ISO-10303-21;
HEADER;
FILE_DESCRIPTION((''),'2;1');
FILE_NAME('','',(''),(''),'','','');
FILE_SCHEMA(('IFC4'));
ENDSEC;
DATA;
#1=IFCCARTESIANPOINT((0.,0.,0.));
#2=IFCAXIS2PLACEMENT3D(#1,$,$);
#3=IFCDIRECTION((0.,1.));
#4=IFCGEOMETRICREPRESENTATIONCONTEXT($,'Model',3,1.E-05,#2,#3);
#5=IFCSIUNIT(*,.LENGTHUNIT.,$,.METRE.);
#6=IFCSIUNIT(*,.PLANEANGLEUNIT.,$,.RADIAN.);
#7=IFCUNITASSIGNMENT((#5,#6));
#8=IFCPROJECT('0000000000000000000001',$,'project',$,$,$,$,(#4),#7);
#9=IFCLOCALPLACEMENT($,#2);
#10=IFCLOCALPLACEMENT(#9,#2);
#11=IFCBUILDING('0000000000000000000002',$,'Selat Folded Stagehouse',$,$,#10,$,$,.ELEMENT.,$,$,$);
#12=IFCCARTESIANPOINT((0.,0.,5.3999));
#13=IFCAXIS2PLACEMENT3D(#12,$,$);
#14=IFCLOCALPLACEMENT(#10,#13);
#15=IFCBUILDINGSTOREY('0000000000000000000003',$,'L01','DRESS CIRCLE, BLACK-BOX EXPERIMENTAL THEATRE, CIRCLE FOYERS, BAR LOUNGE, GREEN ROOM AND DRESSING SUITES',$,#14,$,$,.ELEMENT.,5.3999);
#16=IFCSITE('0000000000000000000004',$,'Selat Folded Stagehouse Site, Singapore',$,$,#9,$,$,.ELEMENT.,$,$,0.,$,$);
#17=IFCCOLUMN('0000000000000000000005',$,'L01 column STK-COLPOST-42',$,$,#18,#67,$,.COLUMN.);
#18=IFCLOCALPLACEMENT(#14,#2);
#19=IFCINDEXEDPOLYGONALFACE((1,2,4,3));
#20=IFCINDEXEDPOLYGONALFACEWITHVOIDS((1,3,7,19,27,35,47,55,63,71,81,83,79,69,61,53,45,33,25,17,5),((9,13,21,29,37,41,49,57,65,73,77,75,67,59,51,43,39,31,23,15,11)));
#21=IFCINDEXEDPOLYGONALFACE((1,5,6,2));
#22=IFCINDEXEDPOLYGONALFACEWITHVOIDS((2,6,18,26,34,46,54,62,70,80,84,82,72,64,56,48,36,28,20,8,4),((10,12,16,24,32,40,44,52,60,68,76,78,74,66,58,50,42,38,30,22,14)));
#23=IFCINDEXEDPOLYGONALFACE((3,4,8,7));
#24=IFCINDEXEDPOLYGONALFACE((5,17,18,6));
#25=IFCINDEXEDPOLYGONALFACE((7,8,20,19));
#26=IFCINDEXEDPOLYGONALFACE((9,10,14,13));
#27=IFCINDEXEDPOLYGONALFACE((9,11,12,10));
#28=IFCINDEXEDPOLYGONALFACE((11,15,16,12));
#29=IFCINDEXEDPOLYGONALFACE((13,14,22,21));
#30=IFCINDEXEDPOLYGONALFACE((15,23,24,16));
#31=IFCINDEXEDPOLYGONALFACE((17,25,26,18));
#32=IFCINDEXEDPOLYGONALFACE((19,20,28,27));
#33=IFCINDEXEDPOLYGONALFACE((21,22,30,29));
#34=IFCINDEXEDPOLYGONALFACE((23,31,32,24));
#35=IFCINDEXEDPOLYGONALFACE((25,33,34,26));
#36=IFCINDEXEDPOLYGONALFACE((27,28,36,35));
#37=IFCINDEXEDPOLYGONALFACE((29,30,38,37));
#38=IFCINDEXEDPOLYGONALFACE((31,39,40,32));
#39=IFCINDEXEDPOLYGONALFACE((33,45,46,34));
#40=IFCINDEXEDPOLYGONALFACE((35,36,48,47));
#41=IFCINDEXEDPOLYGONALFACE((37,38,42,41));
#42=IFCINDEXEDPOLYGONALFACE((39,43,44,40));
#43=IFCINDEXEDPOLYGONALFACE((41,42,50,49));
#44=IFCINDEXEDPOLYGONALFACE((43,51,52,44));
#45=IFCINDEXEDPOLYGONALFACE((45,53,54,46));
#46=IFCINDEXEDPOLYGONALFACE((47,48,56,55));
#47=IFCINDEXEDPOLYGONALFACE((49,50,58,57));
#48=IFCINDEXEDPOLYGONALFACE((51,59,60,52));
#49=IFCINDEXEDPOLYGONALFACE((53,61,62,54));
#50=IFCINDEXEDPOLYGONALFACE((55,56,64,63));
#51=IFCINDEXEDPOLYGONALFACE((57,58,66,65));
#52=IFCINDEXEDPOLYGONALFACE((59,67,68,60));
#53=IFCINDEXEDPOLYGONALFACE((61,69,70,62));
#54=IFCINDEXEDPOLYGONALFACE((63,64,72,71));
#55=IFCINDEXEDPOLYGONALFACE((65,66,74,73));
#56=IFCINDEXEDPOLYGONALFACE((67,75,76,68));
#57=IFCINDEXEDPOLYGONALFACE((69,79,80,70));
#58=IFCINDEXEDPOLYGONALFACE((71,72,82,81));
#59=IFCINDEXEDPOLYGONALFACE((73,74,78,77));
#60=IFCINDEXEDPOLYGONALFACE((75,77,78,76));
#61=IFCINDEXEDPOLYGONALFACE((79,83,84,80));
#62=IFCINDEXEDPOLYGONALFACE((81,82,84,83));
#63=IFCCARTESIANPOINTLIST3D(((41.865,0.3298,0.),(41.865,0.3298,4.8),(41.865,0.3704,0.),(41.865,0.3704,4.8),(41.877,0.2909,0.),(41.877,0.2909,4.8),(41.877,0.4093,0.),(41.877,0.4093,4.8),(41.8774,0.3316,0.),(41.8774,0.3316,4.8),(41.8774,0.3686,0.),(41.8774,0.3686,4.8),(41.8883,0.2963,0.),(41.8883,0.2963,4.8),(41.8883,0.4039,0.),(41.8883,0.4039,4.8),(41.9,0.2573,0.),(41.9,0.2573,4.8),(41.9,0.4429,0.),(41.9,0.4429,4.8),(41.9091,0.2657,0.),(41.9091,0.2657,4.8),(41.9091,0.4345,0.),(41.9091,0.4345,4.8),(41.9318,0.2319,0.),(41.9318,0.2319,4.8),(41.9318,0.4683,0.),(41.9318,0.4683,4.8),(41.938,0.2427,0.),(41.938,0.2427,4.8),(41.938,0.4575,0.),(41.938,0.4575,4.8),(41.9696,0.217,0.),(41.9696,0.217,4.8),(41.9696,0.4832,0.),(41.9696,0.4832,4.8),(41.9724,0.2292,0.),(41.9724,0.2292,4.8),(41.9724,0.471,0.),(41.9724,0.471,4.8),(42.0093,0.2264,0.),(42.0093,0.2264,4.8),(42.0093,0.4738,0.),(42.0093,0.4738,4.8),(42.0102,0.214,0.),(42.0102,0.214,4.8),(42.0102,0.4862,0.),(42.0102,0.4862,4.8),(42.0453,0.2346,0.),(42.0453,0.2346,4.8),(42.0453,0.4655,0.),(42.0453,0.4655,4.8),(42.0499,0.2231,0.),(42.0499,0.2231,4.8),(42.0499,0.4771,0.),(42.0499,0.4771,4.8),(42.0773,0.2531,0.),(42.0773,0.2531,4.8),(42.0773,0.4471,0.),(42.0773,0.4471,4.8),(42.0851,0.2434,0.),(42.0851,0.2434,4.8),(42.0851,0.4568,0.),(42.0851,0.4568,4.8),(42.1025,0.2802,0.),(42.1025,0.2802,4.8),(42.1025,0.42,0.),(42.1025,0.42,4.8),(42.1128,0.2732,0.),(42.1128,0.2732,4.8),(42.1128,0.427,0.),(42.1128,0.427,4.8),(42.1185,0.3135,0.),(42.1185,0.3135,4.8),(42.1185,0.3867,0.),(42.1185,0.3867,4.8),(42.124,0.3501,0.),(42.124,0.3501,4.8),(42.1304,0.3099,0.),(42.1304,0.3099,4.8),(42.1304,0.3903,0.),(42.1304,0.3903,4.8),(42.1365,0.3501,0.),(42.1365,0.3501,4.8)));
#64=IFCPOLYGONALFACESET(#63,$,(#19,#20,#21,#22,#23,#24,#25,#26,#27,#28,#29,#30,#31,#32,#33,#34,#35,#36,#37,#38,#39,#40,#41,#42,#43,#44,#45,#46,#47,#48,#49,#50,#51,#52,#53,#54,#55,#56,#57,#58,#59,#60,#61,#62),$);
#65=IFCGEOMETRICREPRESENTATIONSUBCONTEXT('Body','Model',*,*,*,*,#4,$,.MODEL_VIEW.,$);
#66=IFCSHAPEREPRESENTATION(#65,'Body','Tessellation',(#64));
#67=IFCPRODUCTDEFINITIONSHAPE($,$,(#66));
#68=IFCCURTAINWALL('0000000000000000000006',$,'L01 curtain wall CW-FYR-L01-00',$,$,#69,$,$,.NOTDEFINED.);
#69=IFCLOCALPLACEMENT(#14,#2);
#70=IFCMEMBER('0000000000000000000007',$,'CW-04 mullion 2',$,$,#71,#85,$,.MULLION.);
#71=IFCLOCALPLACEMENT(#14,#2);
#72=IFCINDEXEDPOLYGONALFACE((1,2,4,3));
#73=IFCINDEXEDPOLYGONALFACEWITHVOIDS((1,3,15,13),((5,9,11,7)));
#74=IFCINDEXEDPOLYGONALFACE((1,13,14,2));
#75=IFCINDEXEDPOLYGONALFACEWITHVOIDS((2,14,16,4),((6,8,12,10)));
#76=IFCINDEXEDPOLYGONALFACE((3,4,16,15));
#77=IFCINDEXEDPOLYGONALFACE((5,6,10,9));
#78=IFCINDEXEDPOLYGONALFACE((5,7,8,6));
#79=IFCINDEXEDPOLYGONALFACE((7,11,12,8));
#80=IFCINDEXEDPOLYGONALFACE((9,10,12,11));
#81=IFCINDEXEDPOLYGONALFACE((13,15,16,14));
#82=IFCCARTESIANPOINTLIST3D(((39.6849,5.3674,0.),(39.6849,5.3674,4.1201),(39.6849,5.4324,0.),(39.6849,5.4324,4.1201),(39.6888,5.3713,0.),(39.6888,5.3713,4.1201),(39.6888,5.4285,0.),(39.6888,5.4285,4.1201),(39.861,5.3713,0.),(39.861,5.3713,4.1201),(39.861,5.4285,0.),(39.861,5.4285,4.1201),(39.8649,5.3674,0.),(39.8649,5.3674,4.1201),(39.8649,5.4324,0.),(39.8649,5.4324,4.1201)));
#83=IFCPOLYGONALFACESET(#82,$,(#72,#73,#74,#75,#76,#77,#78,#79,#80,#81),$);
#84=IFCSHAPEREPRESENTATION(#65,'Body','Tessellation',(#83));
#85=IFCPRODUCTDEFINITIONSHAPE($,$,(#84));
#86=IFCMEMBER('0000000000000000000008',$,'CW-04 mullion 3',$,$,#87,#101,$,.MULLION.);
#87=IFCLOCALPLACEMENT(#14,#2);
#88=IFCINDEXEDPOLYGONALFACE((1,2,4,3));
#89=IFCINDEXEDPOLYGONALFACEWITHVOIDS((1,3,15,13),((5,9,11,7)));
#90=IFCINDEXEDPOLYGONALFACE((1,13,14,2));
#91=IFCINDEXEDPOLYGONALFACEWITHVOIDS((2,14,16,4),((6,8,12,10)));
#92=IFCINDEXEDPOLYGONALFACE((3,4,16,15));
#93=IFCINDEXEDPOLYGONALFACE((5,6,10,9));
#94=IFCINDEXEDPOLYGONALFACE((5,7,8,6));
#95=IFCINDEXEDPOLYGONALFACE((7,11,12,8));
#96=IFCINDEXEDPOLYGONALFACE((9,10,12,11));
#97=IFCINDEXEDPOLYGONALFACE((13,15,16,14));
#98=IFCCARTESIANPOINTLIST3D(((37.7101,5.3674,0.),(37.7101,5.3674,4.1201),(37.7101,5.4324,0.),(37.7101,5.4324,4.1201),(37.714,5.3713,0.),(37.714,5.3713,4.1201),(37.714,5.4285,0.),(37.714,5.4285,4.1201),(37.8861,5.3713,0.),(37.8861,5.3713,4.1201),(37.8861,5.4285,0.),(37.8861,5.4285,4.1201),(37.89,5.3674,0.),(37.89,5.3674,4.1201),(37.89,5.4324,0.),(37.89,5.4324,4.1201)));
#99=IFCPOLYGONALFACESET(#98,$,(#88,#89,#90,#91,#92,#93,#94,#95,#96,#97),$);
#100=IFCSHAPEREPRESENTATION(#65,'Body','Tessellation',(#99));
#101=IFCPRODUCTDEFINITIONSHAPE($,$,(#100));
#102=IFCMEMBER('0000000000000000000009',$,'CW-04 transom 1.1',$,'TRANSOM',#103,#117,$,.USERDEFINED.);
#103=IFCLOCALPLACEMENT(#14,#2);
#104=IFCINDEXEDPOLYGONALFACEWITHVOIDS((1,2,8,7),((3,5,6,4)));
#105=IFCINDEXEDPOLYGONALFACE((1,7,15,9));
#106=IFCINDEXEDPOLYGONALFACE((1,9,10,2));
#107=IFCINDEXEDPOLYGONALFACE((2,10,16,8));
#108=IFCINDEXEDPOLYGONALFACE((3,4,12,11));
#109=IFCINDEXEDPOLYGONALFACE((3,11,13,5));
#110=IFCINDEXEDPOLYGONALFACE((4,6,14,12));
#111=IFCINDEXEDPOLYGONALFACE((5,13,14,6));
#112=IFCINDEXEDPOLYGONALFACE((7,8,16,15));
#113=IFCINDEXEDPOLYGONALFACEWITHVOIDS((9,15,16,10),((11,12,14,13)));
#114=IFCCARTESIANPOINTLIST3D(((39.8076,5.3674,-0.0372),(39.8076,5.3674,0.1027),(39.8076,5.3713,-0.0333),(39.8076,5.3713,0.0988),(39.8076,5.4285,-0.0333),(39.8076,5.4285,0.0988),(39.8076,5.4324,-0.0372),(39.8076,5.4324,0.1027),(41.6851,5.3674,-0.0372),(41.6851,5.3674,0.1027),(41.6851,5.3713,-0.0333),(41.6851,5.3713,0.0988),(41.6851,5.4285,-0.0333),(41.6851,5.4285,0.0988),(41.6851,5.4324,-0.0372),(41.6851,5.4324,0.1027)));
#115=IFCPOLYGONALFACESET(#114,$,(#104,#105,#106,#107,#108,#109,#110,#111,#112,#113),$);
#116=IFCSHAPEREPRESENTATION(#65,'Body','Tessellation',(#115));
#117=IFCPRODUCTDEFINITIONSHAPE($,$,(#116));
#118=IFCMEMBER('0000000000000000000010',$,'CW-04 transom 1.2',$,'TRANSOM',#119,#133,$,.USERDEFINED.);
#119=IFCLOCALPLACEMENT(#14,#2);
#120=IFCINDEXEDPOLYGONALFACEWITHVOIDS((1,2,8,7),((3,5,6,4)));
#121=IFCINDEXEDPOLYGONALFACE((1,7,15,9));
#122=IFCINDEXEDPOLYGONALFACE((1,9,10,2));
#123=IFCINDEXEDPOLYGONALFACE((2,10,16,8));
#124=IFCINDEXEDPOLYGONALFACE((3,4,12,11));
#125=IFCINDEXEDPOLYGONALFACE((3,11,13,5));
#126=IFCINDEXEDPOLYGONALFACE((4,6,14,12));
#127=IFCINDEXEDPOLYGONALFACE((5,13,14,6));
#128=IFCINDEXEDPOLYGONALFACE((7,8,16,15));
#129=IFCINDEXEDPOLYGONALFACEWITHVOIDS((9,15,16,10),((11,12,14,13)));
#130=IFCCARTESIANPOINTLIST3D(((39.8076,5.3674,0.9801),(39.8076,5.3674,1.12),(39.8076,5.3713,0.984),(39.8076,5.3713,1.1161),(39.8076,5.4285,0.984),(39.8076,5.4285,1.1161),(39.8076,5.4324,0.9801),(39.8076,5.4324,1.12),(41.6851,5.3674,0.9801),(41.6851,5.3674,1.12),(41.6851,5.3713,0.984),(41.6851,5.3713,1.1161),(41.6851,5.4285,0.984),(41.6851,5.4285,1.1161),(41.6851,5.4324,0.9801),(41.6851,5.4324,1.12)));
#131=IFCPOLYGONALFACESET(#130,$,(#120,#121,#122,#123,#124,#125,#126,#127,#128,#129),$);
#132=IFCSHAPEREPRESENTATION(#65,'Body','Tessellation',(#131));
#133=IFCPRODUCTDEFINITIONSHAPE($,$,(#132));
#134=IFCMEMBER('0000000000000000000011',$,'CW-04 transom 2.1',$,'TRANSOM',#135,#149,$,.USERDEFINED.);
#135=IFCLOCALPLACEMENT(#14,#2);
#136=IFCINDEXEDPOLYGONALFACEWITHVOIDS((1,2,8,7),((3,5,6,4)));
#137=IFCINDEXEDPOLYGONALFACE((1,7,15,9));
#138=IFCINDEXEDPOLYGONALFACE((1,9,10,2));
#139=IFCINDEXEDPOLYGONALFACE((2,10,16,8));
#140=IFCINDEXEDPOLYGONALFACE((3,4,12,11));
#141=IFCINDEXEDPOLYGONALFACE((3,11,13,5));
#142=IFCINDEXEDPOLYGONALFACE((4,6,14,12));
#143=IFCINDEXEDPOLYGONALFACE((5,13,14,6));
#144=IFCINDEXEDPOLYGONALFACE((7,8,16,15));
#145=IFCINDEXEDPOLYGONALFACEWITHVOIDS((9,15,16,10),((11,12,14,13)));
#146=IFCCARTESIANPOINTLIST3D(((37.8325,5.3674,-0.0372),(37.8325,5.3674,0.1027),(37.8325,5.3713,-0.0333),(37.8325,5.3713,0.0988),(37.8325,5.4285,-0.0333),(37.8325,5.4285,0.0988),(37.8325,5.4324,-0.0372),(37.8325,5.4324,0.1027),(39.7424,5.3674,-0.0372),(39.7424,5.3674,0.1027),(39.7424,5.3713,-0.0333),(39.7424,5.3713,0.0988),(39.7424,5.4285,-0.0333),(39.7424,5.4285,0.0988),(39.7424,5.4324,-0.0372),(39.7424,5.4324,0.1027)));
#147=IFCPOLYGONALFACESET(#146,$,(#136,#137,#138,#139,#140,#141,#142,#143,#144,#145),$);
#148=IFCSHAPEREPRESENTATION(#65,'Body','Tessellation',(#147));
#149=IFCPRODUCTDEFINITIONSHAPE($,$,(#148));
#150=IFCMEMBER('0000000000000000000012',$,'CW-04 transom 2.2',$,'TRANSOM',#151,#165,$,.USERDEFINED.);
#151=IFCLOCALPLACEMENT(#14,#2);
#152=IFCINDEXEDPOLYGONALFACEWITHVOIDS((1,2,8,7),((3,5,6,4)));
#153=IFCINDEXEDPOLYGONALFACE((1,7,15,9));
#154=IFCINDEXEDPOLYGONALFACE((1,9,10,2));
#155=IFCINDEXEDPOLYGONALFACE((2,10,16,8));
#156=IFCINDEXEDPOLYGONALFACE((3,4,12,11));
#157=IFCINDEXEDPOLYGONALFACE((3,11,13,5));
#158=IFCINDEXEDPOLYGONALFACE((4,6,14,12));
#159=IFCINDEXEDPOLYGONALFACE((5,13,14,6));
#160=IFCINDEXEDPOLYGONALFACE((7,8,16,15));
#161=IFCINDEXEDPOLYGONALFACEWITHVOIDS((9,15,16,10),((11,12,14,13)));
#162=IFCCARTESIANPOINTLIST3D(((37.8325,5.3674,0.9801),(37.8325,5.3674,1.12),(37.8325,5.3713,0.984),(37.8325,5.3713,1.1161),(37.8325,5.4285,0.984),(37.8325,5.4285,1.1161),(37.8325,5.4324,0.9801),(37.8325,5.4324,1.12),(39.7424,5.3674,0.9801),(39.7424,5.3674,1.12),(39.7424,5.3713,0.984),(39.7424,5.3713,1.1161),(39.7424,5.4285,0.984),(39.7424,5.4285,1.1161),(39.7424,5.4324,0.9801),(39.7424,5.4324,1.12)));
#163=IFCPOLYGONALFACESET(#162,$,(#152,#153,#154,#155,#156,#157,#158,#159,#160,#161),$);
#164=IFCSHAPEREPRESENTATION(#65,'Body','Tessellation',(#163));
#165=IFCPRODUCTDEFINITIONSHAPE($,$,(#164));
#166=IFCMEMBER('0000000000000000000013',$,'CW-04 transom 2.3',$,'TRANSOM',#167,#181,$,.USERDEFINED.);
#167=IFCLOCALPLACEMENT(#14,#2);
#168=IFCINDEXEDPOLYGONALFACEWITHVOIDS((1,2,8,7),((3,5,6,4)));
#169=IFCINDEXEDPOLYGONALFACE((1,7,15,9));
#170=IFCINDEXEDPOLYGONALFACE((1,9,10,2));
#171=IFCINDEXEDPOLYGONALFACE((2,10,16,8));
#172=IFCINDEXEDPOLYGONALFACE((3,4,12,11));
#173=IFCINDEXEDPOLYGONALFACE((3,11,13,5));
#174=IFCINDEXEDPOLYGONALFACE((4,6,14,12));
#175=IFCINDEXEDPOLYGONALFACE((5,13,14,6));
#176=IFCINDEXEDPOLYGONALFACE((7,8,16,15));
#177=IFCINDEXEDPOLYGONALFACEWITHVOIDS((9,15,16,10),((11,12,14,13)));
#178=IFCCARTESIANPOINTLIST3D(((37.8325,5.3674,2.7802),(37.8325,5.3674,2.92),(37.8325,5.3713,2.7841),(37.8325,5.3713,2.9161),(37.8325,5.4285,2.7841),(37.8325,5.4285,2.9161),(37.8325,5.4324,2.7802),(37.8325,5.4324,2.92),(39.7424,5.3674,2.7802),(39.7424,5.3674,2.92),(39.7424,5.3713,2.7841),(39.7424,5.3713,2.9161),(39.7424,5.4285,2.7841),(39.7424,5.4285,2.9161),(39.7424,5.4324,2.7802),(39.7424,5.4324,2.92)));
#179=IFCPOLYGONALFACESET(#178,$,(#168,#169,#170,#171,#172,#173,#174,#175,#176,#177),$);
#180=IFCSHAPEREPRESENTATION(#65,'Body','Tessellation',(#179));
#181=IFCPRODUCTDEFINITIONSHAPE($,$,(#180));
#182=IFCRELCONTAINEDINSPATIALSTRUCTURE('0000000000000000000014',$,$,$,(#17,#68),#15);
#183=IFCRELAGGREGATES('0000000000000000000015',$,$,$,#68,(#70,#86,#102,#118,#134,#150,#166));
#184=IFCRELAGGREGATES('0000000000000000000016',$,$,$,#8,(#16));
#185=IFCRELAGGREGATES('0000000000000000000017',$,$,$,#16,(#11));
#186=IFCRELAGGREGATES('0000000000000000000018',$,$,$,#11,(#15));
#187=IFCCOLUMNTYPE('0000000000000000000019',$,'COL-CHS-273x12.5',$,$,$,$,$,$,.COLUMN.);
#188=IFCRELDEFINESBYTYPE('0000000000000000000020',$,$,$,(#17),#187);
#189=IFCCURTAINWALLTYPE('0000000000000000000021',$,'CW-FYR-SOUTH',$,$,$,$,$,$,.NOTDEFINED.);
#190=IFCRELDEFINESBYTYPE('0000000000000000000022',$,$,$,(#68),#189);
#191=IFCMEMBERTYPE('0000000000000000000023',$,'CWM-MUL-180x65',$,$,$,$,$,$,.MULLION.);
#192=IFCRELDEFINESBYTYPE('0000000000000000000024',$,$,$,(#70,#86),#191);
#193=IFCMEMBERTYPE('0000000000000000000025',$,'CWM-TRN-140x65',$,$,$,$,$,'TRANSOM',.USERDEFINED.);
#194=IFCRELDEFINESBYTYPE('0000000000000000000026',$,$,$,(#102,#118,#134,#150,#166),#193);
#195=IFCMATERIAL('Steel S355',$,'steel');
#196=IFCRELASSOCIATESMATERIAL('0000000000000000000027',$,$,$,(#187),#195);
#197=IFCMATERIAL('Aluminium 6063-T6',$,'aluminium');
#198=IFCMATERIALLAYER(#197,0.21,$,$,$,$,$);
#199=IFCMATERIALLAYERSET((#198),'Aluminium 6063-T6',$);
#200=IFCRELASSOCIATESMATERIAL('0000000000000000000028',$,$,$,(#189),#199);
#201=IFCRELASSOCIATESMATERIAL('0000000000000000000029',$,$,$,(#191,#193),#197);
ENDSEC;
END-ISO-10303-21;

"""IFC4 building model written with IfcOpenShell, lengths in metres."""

from ifc_helpers import new_model, si_unit, direction, frame, origin, origin_2d, place, context, subcontext, project, spatial, hollow_rectangle, hollow_circle, extrude, material, layer, layer_set, material_profile, profile_set, type_object, element, aggregate, save


model = new_model("IFC4")

# Units and contexts
model_context = context("Model", 3, precision=1e-05, world=origin(), true_north=direction((0.0, 1.0)))
body_context = subcontext(model_context, "Body", "Model", "MODEL_VIEW")
ifc_project = project(units=[si_unit("LENGTHUNIT", "METRE"), si_unit("PLANEANGLEUNIT", "RADIAN")], contexts=[model_context])

# Site, building, storey
site_placement = place(None, origin())
site = spatial("IfcSite", under=ifc_project, at=site_placement, Name="Selat Folded Stagehouse Site, Singapore", CompositionType="ELEMENT", RefElevation=0.0)
building_placement = place(site_placement, origin())
building = spatial("IfcBuilding", under=site, at=building_placement, Name="Selat Folded Stagehouse", CompositionType="ELEMENT")
storey_placement = place(building_placement, frame((0.0, 0.0, 5.3999)))
storey = spatial("IfcBuildingStorey", under=building, at=storey_placement, Name="L01", Description="DRESS CIRCLE, BLACK-BOX EXPERIMENTAL THEATRE, CIRCLE FOYERS, BAR LOUNGE, GREEN ROOM AND DRESSING SUITES", CompositionType="ELEMENT", Elevation=5.3999)

# Column
ifc_material_1 = material(Name="Steel S355", Category="steel")
ifc_material_profile_1 = material_profile(ifc_material_1, hollow_circle(Radius=0.1365, WallThickness=0.0125, at=origin_2d()), Name="CHS 273.0x12.5")
ifc_profile_set_1 = profile_set([ifc_material_profile_1], Name="Steel S355")
column_type = type_object("IfcColumnType", Name="COL-CHS-273x12.5", PredefinedType="COLUMN", material=ifc_profile_set_1)
column_placement = place(storey_placement, frame((42.0, 0.3501, 0.0), z_axis=(0.0, 0.0, 1.0), x_axis=(1.0, 0.0, 0.0)))
element("IfcColumn", 1, at=column_placement, inside=storey, type_object=column_type, Name="L01 column STK-COLPOST-42", PredefinedType="COLUMN", context=body_context, shape_type="SweptSolid", body=[
    extrude(hollow_circle(Radius=0.1365, WallThickness=0.0125, at=origin_2d()), origin(), (0.0, 0.0, 1.0), 4.8),
])

# Curtain wall, members
ifc_material_2 = material(Name="Aluminium 6063-T6", Category="aluminium")
ifc_layer_1 = layer(ifc_material_2, 0.21)
ifc_layer_set_1 = layer_set([ifc_layer_1], Name="Aluminium 6063-T6")
curtain_wall_type = type_object("IfcCurtainWallType", Name="CW-FYR-SOUTH", PredefinedType="NOTDEFINED", material=ifc_layer_set_1)
curtain_wall_placement = place(storey_placement, origin())
curtain_wall = element("IfcCurtainWall", 2, at=curtain_wall_placement, inside=storey, type_object=curtain_wall_type, Name="L01 curtain wall CW-FYR-L01-00", PredefinedType="NOTDEFINED")
ifc_material_profile_2 = material_profile(ifc_material_2, hollow_rectangle(XDim=0.0649, YDim=0.1799, WallThickness=0.0039, at=origin_2d()), Name="ALU 180x65x4.0")
ifc_profile_set_2 = profile_set([ifc_material_profile_2], Name="Aluminium 6063-T6")
member_type_1 = type_object("IfcMemberType", Name="CWM-MUL-180x65", PredefinedType="MULLION", material=ifc_profile_set_2)
member_1_placement = place(storey_placement, frame((39.7749, 5.3999, 0.0), z_axis=(0.0, 0.0, 1.0), x_axis=(0.0, -1.0, 0.0)))
member_1 = element("IfcMember", 3, at=member_1_placement, type_object=member_type_1, Name="CW-04 mullion 2", PredefinedType="MULLION", context=body_context, shape_type="SweptSolid", body=[
    extrude(hollow_rectangle(XDim=0.0649, YDim=0.1799, WallThickness=0.0039, at=origin_2d()), origin(), (0.0, 0.0, 1.0), 4.1201),
])
member_2_placement = place(storey_placement, frame((37.8, 5.3999, 0.0), z_axis=(0.0, 0.0, 1.0), x_axis=(0.0, -1.0, 0.0)))
member_2 = element("IfcMember", 4, at=member_2_placement, type_object=member_type_1, Name="CW-04 mullion 3", PredefinedType="MULLION", context=body_context, shape_type="SweptSolid", body=[
    extrude(hollow_rectangle(XDim=0.0649, YDim=0.1799, WallThickness=0.0039, at=origin_2d()), origin(), (0.0, 0.0, 1.0), 4.1201),
])
ifc_material_profile_3 = material_profile(ifc_material_2, hollow_rectangle(XDim=0.0649, YDim=0.1399, WallThickness=0.0039, at=origin_2d()), Name="ALU 140x65x4.0")
ifc_profile_set_3 = profile_set([ifc_material_profile_3], Name="Aluminium 6063-T6")
member_type_2 = type_object("IfcMemberType", Name="CWM-TRN-140x65", ElementType="TRANSOM", PredefinedType="USERDEFINED", material=ifc_profile_set_3)
member_3_placement = place(storey_placement, frame((41.6851, 5.3999, 0.0327), z_axis=(-1.0, 0.0, 0.0), x_axis=(0.0, -1.0, 0.0)))
member_3 = element("IfcMember", 5, at=member_3_placement, type_object=member_type_2, Name="CW-04 transom 1.1", ObjectType="TRANSOM", PredefinedType="USERDEFINED", context=body_context, shape_type="SweptSolid", body=[
    extrude(hollow_rectangle(XDim=0.0649, YDim=0.1399, WallThickness=0.0039, at=origin_2d()), origin(), (0.0, 0.0, 1.0), 1.8774),
])
member_4_placement = place(storey_placement, frame((41.6851, 5.3999, 1.05), z_axis=(-1.0, 0.0, 0.0), x_axis=(0.0, -1.0, 0.0)))
member_4 = element("IfcMember", 6, at=member_4_placement, type_object=member_type_2, Name="CW-04 transom 1.2", ObjectType="TRANSOM", PredefinedType="USERDEFINED", context=body_context, shape_type="SweptSolid", body=[
    extrude(hollow_rectangle(XDim=0.0649, YDim=0.1399, WallThickness=0.0039, at=origin_2d()), origin(), (0.0, 0.0, 1.0), 1.8774),
])
member_5_placement = place(storey_placement, frame((39.7424, 5.3999, 0.0327), z_axis=(-1.0, 0.0, 0.0), x_axis=(0.0, -1.0, 0.0)))
member_5 = element("IfcMember", 7, at=member_5_placement, type_object=member_type_2, Name="CW-04 transom 2.1", ObjectType="TRANSOM", PredefinedType="USERDEFINED", context=body_context, shape_type="SweptSolid", body=[
    extrude(hollow_rectangle(XDim=0.0649, YDim=0.1399, WallThickness=0.0039, at=origin_2d()), origin(), (0.0, 0.0, 1.0), 1.9099),
])
member_6_placement = place(storey_placement, frame((39.7424, 5.3999, 1.05), z_axis=(-1.0, 0.0, 0.0), x_axis=(0.0, -1.0, 0.0)))
member_6 = element("IfcMember", 8, at=member_6_placement, type_object=member_type_2, Name="CW-04 transom 2.2", ObjectType="TRANSOM", PredefinedType="USERDEFINED", context=body_context, shape_type="SweptSolid", body=[
    extrude(hollow_rectangle(XDim=0.0649, YDim=0.1399, WallThickness=0.0039, at=origin_2d()), origin(), (0.0, 0.0, 1.0), 1.9099),
])
member_7_placement = place(storey_placement, frame((39.7424, 5.3999, 2.8501), z_axis=(-1.0, 0.0, 0.0), x_axis=(0.0, -1.0, 0.0)))
member_7 = element("IfcMember", 9, at=member_7_placement, type_object=member_type_2, Name="CW-04 transom 2.3", ObjectType="TRANSOM", PredefinedType="USERDEFINED", context=body_context, shape_type="SweptSolid", body=[
    extrude(hollow_rectangle(XDim=0.0649, YDim=0.1399, WallThickness=0.0039, at=origin_2d()), origin(), (0.0, 0.0, 1.0), 1.9099),
])
aggregate(curtain_wall, [member_1, member_2, member_3, member_4, member_5, member_6, member_7])

save(model, "model.ifc")
